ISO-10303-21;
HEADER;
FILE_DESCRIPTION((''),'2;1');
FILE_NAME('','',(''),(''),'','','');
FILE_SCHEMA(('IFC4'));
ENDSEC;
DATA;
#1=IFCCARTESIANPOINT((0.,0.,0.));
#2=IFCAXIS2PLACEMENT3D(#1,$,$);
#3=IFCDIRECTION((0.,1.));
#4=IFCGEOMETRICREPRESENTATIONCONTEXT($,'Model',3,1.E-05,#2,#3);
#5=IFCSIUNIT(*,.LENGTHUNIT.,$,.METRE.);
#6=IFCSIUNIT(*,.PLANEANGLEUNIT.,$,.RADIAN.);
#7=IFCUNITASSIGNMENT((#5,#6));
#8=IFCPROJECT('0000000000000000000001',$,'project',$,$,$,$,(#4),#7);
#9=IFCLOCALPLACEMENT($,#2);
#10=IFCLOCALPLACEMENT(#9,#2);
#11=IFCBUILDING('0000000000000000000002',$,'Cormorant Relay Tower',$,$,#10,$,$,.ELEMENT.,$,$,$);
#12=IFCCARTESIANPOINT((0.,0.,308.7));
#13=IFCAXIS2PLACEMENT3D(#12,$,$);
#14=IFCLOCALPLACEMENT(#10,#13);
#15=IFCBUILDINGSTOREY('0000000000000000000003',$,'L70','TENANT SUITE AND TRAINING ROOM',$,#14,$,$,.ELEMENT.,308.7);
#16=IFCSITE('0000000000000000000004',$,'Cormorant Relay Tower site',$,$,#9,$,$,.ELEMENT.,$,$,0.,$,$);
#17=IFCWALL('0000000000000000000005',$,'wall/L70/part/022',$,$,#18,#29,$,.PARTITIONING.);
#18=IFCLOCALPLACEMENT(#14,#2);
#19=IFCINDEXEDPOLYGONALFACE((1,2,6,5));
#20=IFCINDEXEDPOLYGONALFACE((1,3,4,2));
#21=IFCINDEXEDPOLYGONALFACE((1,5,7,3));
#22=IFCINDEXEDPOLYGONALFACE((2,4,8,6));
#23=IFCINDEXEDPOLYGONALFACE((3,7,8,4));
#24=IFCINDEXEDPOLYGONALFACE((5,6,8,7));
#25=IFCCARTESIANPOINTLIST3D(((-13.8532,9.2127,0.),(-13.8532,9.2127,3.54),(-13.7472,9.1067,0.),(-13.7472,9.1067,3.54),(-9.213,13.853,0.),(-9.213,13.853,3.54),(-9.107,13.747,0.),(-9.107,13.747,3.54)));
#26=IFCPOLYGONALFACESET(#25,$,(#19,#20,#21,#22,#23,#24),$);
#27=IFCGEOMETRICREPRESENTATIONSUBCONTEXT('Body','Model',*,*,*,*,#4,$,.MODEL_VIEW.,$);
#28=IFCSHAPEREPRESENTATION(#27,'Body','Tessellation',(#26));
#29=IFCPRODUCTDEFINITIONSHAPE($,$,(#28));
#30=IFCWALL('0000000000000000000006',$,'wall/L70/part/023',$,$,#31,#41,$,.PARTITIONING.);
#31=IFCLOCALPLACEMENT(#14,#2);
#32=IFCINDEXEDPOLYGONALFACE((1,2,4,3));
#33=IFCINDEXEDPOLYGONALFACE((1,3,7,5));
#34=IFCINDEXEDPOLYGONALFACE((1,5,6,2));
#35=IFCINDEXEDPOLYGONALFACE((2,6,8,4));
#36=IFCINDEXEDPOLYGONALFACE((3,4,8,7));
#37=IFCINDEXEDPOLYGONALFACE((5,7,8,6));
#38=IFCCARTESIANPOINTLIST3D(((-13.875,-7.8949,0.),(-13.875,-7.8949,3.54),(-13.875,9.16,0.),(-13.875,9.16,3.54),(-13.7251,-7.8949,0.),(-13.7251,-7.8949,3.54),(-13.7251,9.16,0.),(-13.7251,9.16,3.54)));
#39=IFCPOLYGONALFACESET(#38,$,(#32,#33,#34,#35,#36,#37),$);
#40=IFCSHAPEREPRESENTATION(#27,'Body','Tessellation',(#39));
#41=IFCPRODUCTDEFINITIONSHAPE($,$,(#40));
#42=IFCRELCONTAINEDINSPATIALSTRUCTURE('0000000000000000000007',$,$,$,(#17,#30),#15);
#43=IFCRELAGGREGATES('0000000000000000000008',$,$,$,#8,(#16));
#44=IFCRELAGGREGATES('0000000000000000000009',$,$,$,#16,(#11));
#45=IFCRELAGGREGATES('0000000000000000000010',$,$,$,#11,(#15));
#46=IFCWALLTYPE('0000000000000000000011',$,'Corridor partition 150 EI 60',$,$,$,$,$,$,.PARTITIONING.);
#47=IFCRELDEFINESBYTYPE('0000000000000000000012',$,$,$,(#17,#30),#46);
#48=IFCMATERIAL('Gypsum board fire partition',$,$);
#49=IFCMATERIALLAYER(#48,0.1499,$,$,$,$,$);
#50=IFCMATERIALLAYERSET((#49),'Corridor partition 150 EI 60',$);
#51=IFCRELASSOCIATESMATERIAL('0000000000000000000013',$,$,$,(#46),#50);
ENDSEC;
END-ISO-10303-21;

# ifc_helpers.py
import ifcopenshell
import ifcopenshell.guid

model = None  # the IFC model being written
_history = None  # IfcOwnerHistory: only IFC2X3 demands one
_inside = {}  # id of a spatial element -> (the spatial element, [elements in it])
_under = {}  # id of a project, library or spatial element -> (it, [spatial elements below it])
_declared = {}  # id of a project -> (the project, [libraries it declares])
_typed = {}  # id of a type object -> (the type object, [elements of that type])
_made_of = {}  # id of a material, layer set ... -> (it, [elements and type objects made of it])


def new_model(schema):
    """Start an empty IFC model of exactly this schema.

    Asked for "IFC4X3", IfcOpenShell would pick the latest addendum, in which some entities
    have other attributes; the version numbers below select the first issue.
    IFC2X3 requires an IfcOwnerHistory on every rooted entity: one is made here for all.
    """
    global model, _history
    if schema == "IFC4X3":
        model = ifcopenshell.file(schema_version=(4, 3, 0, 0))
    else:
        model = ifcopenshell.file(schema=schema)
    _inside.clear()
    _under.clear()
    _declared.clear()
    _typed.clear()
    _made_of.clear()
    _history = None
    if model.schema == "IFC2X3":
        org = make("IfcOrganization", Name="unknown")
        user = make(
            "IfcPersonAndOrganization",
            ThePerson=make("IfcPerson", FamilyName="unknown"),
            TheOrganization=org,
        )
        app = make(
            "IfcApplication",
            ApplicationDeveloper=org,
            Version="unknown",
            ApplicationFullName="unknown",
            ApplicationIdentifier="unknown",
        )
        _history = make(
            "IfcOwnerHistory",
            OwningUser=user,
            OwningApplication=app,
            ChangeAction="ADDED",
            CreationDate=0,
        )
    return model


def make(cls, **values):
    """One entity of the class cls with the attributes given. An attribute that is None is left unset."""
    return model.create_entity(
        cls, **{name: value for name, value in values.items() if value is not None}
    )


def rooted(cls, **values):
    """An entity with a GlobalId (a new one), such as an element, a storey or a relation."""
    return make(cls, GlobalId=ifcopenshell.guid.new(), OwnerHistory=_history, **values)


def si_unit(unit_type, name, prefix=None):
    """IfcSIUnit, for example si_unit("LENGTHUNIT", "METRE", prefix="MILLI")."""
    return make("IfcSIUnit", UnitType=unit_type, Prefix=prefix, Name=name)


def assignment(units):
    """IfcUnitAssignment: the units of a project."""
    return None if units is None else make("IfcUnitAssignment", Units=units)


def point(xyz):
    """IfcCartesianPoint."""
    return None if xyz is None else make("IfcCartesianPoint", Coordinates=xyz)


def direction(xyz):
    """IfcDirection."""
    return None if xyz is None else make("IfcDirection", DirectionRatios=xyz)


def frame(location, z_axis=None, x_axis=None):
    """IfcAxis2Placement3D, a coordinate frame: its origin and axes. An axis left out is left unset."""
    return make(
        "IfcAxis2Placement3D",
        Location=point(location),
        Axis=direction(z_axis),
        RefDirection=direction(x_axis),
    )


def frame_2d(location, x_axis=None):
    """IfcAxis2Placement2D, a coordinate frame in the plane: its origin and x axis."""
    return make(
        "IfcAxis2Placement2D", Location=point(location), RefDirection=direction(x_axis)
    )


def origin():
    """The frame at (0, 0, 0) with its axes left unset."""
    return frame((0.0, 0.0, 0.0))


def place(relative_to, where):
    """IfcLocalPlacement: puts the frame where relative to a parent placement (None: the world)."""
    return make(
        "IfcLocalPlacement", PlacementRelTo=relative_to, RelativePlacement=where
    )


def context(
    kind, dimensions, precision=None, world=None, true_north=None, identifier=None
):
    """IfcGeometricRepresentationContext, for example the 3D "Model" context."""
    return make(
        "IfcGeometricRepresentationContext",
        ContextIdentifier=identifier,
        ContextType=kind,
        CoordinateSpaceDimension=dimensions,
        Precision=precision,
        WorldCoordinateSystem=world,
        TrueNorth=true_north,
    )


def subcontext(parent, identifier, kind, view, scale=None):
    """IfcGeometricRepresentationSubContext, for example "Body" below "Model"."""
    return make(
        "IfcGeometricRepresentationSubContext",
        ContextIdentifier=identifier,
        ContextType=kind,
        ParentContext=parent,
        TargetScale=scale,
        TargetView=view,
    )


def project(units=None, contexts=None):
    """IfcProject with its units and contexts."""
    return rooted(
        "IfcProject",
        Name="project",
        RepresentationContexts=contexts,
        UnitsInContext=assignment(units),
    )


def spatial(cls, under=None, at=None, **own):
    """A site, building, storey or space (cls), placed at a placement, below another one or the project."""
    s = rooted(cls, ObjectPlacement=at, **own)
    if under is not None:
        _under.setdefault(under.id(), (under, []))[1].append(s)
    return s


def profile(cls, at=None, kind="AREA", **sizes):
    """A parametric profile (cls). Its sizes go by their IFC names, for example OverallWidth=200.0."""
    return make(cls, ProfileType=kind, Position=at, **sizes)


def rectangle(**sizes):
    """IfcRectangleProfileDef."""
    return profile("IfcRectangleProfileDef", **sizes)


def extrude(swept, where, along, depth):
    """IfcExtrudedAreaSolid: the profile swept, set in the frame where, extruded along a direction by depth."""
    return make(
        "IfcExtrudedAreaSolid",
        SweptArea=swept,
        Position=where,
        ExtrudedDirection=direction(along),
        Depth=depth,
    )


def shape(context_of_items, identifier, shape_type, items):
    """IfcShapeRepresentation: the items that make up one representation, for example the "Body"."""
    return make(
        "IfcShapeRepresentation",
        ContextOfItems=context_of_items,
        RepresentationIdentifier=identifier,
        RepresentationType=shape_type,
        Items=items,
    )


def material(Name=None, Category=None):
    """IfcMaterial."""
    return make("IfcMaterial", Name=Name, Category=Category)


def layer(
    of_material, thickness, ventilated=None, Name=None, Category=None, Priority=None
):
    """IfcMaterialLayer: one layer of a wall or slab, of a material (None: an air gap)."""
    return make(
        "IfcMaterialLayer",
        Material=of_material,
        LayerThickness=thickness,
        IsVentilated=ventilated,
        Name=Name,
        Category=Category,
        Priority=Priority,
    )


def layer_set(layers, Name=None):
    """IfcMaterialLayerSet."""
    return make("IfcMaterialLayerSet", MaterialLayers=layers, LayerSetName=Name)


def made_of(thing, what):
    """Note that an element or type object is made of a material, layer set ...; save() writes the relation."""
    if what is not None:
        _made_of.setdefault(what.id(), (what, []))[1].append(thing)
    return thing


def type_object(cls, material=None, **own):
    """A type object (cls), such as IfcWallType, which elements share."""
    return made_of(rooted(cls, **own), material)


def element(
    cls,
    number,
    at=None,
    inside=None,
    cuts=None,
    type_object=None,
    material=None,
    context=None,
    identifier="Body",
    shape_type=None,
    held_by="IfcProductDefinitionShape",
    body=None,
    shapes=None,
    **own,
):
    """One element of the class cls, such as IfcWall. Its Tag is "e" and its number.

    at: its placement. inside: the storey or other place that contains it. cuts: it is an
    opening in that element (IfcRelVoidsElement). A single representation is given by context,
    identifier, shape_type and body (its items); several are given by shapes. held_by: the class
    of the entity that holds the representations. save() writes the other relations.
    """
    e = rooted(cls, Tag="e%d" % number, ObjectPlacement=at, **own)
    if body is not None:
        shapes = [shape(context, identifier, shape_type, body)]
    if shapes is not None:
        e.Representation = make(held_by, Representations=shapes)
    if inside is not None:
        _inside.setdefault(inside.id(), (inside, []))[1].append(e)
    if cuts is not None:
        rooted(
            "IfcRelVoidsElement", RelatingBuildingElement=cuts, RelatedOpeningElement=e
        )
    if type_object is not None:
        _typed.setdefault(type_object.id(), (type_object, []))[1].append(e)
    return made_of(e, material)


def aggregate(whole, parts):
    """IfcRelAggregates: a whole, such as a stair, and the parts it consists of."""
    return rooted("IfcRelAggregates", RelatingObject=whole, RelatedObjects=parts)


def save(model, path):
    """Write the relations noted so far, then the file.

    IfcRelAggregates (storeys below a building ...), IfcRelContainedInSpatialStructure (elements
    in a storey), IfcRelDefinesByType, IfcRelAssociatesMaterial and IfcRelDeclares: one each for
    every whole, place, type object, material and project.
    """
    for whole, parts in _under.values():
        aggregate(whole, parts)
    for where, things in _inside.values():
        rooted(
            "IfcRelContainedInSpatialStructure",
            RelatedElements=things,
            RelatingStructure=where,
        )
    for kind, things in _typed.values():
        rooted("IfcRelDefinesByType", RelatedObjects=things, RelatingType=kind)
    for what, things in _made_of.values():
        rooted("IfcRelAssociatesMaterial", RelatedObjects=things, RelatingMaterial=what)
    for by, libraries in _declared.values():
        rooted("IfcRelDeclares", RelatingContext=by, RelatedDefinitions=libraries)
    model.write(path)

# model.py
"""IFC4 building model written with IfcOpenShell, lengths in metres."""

from ifc_helpers import new_model, si_unit, direction, frame, frame_2d, origin, place, context, subcontext, project, spatial, rectangle, extrude, material, layer, layer_set, type_object, element, save


model = new_model("IFC4")

# Units and contexts
model_context = context("Model", 3, precision=1e-05, world=origin(), true_north=direction((0.0, 1.0)))
body_context = subcontext(model_context, "Body", "Model", "MODEL_VIEW")
ifc_project = project(units=[si_unit("LENGTHUNIT", "METRE"), si_unit("PLANEANGLEUNIT", "RADIAN")], contexts=[model_context])

# Site, building, storey
site_placement = place(None, origin())
site = spatial("IfcSite", under=ifc_project, at=site_placement, Name="Cormorant Relay Tower site", CompositionType="ELEMENT", RefElevation=0.0)
building_placement = place(site_placement, origin())
building = spatial("IfcBuilding", under=site, at=building_placement, Name="Cormorant Relay Tower", CompositionType="ELEMENT")
storey_placement = place(building_placement, frame((0.0, 0.0, 308.7)))
storey = spatial("IfcBuildingStorey", under=building, at=storey_placement, Name="L70", Description="TENANT SUITE AND TRAINING ROOM", CompositionType="ELEMENT", Elevation=308.7)

# Walls
ifc_material_1 = material(Name="Gypsum board fire partition")
ifc_layer_1 = layer(ifc_material_1, 0.1499)
ifc_layer_set_1 = layer_set([ifc_layer_1], Name="Corridor partition 150 EI 60")
wall_type_1 = type_object("IfcWallType", Name="Corridor partition 150 EI 60", PredefinedType="PARTITIONING", material=ifc_layer_set_1)
wall_1_placement = place(storey_placement, frame((-9.1599, 13.8, 0.0), z_axis=(0.0, 0.0, 1.0), x_axis=(-0.707107, -0.707107, 0.0)))
element("IfcWall", 1, at=wall_1_placement, inside=storey, type_object=wall_type_1, Name="wall/L70/part/022", PredefinedType="PARTITIONING", context=body_context, shape_type="SweptSolid", body=[
    extrude(rectangle(XDim=6.5623, YDim=0.1499, at=frame_2d((3.2812, 0.0))), origin(), (0.0, 0.0, 1.0), 3.54),
])
wall_2_placement = place(storey_placement, frame((-13.8, 9.1599, 0.0), z_axis=(0.0, 0.0, 1.0), x_axis=(0.0, -1.0, 0.0)))
element("IfcWall", 2, at=wall_2_placement, inside=storey, type_object=wall_type_1, Name="wall/L70/part/023", PredefinedType="PARTITIONING", context=body_context, shape_type="SweptSolid", body=[
    extrude(rectangle(XDim=17.0549, YDim=0.1499, at=frame_2d((8.5273, 0.0))), origin(), (0.0, 0.0, 1.0), 3.54),
])

save(model, "model.ifc")
